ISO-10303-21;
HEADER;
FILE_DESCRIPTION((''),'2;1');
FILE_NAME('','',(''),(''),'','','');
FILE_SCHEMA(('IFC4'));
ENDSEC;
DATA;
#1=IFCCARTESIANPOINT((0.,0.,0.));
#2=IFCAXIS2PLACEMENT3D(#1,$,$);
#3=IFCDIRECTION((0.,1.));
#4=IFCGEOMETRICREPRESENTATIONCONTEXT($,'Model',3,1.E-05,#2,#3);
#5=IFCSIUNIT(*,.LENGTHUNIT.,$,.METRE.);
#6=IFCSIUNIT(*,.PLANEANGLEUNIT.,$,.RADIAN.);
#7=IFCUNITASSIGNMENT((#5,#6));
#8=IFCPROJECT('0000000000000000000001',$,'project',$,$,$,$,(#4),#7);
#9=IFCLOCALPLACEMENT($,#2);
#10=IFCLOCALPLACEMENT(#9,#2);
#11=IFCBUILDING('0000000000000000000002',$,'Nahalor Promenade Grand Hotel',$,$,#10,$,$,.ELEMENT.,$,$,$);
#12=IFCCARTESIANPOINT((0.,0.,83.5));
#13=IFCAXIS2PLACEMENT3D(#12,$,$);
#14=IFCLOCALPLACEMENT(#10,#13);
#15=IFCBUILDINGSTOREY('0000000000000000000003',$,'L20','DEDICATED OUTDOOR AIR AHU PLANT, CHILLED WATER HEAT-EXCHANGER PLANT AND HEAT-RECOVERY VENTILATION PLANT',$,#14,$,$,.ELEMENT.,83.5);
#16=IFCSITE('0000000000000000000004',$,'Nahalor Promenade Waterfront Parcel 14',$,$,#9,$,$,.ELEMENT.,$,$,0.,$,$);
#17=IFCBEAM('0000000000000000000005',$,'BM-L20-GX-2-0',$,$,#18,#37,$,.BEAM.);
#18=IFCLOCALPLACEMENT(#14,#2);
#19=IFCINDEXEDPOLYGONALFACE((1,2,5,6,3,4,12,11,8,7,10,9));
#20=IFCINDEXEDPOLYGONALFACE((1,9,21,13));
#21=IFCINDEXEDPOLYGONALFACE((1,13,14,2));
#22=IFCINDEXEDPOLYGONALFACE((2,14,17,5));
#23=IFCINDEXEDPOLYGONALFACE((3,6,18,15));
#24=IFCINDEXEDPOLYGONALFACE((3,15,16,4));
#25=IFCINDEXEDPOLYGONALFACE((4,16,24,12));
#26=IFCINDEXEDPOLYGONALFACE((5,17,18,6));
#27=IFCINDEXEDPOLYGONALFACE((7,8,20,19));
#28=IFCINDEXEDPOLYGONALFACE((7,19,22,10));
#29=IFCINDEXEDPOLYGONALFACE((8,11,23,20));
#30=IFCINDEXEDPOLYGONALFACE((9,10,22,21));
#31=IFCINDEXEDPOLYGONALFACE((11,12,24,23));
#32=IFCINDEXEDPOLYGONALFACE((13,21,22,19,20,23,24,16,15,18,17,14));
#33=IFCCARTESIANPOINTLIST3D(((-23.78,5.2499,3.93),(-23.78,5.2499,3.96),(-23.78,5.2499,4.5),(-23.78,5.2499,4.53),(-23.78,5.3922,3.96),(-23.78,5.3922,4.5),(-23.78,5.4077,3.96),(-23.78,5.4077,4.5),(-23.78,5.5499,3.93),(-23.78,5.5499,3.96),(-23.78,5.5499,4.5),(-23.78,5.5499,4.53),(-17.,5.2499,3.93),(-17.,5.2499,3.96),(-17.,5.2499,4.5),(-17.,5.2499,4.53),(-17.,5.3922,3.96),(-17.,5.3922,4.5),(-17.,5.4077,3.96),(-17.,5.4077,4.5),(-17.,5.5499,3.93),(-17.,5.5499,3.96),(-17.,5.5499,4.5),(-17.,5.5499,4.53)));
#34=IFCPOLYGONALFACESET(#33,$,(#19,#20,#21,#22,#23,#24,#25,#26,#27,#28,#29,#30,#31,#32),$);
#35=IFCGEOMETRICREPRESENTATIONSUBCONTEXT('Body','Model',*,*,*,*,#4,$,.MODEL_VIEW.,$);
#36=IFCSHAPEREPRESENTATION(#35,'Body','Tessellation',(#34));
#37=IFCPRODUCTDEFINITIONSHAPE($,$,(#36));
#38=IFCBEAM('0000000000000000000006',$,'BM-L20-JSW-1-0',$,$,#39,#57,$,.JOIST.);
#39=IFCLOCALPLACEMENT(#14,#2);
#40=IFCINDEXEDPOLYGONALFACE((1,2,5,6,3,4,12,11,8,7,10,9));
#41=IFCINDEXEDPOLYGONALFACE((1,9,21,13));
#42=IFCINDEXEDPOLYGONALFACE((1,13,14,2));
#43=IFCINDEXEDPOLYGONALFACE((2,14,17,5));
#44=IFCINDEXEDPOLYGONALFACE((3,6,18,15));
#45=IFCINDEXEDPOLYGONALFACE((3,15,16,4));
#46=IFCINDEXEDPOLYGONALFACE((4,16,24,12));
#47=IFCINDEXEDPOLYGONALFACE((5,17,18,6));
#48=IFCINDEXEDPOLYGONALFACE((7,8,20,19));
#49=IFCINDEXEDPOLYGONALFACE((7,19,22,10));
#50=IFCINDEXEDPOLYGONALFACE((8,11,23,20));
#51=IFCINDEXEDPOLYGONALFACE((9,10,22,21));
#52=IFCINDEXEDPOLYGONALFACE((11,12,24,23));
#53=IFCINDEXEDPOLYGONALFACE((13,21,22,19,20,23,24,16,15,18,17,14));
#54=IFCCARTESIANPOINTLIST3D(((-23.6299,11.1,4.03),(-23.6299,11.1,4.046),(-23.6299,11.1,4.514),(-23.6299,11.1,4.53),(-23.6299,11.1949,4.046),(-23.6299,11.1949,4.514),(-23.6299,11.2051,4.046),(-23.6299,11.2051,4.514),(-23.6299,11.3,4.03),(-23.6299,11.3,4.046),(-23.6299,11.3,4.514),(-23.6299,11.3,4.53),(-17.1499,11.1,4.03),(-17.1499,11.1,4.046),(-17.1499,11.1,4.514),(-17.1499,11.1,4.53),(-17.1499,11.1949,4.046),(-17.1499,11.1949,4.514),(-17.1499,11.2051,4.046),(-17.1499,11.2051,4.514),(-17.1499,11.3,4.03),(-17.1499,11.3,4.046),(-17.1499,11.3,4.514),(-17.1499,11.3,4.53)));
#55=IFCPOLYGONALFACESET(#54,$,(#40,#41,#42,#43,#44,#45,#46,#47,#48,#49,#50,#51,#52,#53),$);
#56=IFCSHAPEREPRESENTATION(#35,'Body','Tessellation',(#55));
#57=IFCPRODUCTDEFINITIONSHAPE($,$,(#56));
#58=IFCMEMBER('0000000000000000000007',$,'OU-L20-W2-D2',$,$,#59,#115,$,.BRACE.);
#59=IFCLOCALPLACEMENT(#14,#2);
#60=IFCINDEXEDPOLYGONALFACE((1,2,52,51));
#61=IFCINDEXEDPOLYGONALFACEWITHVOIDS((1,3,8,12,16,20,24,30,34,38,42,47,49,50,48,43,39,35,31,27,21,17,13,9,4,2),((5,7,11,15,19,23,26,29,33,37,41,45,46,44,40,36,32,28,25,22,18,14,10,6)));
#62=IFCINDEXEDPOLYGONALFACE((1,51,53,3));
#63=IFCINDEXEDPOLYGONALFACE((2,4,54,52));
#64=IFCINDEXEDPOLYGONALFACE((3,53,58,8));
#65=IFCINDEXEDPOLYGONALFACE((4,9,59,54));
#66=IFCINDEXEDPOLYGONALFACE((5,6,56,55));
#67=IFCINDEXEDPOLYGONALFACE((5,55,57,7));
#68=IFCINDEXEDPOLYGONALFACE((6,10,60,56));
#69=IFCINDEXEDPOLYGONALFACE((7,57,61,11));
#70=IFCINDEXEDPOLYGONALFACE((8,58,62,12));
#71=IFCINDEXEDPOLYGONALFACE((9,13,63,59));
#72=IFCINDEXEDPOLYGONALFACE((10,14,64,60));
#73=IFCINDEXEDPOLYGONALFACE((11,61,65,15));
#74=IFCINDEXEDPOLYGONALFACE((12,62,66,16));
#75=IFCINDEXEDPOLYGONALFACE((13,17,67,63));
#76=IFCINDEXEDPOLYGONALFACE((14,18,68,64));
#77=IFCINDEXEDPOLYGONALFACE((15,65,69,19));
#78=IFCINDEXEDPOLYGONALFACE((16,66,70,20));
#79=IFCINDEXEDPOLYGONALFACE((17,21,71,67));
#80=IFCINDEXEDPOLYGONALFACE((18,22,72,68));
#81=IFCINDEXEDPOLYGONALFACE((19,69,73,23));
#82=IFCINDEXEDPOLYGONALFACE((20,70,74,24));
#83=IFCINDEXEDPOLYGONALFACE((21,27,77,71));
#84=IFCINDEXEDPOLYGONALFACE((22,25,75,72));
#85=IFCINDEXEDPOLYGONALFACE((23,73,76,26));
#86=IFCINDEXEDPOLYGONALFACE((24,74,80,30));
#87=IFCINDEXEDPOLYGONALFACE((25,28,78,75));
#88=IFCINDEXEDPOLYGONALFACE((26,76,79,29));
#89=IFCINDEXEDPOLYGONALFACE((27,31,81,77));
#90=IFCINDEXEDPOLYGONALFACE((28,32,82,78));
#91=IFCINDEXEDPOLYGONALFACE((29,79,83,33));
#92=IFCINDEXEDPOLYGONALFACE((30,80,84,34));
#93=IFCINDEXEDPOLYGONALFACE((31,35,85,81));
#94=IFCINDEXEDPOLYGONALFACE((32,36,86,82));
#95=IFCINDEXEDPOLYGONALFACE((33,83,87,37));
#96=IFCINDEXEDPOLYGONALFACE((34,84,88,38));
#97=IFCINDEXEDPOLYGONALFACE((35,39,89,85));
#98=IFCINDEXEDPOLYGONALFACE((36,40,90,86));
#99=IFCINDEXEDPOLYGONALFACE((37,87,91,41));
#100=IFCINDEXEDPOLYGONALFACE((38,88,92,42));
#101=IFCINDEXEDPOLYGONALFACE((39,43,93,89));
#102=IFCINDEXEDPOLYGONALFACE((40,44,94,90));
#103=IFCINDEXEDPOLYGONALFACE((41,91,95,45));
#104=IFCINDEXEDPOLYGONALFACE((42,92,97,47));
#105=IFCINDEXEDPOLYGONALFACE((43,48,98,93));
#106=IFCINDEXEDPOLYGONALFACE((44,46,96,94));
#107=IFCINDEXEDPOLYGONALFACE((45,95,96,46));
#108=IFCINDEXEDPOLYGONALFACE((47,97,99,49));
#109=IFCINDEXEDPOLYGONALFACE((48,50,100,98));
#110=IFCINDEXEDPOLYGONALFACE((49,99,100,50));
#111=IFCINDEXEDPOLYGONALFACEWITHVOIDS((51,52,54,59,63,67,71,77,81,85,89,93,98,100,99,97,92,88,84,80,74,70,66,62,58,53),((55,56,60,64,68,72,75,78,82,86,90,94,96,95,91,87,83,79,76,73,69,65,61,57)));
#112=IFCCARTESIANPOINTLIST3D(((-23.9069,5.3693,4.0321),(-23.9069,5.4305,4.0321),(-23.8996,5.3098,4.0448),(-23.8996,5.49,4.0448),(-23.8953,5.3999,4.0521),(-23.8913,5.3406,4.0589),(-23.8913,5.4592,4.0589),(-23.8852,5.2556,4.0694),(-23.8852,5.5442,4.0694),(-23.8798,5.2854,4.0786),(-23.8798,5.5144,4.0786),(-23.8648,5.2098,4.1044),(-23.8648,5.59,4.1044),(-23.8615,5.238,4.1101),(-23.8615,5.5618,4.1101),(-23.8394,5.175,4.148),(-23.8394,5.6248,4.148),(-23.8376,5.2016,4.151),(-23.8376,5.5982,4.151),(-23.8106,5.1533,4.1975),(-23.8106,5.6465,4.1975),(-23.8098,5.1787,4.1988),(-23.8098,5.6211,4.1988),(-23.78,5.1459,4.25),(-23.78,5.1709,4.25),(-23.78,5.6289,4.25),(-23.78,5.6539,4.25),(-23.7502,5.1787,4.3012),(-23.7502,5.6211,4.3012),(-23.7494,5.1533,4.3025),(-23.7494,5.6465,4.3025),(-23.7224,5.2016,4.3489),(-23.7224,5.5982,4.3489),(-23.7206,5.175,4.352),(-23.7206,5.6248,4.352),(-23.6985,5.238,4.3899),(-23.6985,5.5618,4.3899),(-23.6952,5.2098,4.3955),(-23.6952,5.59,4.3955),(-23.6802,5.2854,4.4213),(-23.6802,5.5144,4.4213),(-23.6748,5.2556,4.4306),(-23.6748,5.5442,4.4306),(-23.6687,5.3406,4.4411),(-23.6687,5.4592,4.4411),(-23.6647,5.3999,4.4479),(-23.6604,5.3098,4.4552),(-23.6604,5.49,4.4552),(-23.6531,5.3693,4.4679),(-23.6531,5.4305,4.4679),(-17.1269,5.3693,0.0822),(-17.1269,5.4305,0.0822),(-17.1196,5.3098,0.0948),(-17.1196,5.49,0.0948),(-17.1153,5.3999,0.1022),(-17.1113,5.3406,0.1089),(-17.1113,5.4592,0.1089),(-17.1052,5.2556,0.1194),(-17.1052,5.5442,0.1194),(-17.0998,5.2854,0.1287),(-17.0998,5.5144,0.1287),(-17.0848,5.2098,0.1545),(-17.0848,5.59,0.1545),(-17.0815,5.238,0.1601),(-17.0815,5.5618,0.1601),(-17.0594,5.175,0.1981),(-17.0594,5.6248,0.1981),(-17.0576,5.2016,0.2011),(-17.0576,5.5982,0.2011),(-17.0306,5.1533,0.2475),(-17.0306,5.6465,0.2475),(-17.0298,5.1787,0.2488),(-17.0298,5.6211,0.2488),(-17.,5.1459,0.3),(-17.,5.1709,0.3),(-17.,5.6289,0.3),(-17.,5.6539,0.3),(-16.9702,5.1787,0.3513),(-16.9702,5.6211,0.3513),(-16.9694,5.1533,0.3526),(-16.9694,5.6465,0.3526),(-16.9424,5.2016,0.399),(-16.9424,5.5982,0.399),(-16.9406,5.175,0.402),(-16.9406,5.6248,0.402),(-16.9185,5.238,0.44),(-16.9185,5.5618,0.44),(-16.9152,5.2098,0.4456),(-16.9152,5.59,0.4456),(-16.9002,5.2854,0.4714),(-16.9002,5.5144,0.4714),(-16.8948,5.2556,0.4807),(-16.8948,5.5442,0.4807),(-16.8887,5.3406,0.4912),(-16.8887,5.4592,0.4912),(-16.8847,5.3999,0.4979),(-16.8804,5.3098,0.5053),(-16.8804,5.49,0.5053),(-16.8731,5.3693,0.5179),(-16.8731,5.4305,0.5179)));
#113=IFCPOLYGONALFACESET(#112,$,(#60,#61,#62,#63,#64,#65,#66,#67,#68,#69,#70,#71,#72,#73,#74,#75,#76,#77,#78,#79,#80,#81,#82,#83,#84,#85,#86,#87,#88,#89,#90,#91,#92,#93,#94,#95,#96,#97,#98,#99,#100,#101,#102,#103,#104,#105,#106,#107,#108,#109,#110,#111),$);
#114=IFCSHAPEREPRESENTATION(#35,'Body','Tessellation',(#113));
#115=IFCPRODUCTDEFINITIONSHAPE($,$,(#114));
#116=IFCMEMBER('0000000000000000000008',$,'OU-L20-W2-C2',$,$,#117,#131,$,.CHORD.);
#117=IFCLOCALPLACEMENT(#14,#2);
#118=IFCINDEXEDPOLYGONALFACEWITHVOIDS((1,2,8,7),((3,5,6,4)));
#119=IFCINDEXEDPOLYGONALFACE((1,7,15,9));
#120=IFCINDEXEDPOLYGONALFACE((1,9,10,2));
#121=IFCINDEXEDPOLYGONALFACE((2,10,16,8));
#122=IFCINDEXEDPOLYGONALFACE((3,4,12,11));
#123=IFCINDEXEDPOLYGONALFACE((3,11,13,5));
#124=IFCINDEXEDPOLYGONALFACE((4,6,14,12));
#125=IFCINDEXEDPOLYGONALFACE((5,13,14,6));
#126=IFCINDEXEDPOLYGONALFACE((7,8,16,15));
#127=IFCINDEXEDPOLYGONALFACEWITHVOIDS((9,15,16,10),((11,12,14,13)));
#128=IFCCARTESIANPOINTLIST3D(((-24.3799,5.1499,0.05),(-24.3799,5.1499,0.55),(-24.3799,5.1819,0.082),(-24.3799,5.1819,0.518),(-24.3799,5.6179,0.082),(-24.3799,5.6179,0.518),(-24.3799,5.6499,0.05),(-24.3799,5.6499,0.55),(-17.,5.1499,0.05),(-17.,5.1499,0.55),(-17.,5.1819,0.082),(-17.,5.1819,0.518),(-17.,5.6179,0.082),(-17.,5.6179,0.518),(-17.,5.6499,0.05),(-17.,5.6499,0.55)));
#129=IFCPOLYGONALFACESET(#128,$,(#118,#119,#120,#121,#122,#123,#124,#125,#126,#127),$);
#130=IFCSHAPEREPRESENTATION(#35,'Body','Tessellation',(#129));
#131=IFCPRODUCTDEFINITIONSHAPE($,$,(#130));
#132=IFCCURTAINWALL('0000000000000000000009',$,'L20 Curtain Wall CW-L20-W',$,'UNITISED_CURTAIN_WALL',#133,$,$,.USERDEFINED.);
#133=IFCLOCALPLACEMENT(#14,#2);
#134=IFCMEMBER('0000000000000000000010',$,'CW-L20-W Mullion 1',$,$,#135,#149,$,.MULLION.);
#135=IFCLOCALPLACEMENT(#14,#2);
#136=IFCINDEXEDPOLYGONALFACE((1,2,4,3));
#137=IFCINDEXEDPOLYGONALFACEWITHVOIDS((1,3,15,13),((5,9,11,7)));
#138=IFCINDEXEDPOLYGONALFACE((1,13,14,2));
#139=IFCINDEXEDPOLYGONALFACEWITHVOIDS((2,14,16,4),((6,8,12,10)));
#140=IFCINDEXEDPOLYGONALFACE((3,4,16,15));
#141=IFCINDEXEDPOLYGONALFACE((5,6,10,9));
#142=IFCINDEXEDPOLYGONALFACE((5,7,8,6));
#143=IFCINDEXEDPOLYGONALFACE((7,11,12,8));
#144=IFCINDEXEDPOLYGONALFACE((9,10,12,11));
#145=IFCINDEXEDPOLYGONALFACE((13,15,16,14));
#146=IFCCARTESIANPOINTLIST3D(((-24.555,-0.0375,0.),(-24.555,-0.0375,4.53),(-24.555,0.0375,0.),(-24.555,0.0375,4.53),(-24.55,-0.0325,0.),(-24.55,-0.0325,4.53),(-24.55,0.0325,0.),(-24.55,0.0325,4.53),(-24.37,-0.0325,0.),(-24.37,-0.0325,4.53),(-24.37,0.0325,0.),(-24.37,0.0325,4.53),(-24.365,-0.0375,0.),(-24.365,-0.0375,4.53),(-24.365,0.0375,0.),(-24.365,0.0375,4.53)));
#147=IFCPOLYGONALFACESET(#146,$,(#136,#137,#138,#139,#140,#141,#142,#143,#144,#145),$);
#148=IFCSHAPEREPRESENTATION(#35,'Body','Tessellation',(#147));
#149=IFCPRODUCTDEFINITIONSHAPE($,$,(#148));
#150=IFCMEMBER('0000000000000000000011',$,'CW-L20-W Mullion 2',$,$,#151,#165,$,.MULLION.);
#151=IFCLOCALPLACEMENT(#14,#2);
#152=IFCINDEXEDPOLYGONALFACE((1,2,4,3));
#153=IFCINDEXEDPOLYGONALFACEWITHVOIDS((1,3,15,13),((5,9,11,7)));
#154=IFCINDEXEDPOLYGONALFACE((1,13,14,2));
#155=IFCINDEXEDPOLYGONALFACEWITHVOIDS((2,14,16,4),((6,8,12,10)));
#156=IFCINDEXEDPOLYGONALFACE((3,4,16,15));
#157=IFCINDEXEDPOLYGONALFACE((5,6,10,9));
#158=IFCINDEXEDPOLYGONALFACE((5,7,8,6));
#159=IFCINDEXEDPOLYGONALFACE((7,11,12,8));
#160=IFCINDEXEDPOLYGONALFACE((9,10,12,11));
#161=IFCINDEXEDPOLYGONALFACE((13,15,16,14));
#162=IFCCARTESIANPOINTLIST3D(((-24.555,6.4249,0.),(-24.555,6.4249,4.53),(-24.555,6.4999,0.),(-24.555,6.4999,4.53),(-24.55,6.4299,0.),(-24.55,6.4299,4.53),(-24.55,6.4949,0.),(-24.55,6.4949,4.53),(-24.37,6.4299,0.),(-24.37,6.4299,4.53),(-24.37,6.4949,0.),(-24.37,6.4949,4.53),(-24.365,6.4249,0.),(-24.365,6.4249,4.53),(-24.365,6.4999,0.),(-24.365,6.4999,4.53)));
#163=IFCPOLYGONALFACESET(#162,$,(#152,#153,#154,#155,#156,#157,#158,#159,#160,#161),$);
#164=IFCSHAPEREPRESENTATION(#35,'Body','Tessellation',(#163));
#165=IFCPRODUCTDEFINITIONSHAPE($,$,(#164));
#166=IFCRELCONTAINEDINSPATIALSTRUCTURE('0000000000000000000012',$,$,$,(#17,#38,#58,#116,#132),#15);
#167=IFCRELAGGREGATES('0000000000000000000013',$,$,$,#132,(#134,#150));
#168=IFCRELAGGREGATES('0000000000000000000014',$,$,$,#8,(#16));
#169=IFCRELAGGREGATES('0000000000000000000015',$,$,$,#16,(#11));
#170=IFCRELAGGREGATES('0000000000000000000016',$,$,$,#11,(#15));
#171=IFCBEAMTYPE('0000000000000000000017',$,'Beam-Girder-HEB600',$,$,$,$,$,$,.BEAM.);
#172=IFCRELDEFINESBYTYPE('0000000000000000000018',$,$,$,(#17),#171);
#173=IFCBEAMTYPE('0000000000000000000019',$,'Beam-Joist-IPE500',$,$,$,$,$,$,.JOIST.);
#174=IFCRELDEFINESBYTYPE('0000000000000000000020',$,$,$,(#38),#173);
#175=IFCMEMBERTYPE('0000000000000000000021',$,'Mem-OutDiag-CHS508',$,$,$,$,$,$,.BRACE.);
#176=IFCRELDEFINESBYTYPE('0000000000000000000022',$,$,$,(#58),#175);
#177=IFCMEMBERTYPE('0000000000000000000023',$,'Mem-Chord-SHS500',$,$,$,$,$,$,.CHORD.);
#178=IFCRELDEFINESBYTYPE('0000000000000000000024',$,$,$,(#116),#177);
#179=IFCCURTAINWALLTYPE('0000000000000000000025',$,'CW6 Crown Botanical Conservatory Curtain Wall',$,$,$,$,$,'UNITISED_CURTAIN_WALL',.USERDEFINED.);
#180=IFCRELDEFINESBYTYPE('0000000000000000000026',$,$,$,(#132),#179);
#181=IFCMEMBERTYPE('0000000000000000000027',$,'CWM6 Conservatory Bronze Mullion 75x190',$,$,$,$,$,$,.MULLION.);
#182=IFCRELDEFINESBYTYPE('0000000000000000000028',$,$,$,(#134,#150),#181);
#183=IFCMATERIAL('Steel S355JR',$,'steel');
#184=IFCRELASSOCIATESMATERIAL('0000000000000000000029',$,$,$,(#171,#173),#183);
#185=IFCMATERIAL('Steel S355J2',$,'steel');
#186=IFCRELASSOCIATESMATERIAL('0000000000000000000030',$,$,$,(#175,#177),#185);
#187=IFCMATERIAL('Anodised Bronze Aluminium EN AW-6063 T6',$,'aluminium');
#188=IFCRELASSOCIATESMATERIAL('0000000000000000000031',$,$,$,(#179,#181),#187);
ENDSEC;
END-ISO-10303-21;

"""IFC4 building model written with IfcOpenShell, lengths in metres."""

from ifc_helpers import new_model, si_unit, direction, frame, origin, origin_2d, place, context, subcontext, project, spatial, hollow_rectangle, hollow_circle, i_section, extrude, source, transform, mapped, material, material_profile, profile_set, type_object, element, aggregate, save


model = new_model("IFC4")

# Units and contexts
model_context = context("Model", 3, precision=1e-05, world=origin(), true_north=direction((0.0, 1.0)))
body_context = subcontext(model_context, "Body", "Model", "MODEL_VIEW")
ifc_project = project(units=[si_unit("LENGTHUNIT", "METRE"), si_unit("PLANEANGLEUNIT", "RADIAN")], contexts=[model_context])

# Site, building, storey
site_placement = place(None, origin())
site = spatial("IfcSite", under=ifc_project, at=site_placement, Name="Nahalor Promenade Waterfront Parcel 14", CompositionType="ELEMENT", RefElevation=0.0)
building_placement = place(site_placement, origin())
building = spatial("IfcBuilding", under=site, at=building_placement, Name="Nahalor Promenade Grand Hotel", CompositionType="ELEMENT")
storey_placement = place(building_placement, frame((0.0, 0.0, 83.5)))
storey = spatial("IfcBuildingStorey", under=building, at=storey_placement, Name="L20", Description="DEDICATED OUTDOOR AIR AHU PLANT, CHILLED WATER HEAT-EXCHANGER PLANT AND HEAT-RECOVERY VENTILATION PLANT", CompositionType="ELEMENT", Elevation=83.5)

# Shared definitions
ifc_material_1 = material(Name="Steel S355J2", Category="steel")

# Beams
ifc_material_2 = material(Name="Steel S355JR", Category="steel")
ifc_material_profile_1 = material_profile(ifc_material_2, i_section(OverallWidth=0.3, OverallDepth=0.6, WebThickness=0.0155, FlangeThickness=0.03, at=origin_2d()), Name="HEB 600")
ifc_profile_set_1 = profile_set([ifc_material_profile_1], Name="Steel S355JR")
beam_type_1 = type_object("IfcBeamType", Name="Beam-Girder-HEB600", PredefinedType="BEAM", material=ifc_profile_set_1)
ifc_material_profile_2 = material_profile(ifc_material_2, i_section(OverallWidth=0.2, OverallDepth=0.5, WebThickness=0.0102, FlangeThickness=0.016, at=origin_2d()), Name="IPE 500")
ifc_profile_set_2 = profile_set([ifc_material_profile_2], Name="Steel S355JR")
beam_type_2 = type_object("IfcBeamType", Name="Beam-Joist-IPE500", PredefinedType="JOIST", material=ifc_profile_set_2)
shared_shape_1 = source(origin(), body_context, "Body", "SweptSolid", [
    extrude(i_section(OverallWidth=0.3, OverallDepth=0.6, WebThickness=0.0155, FlangeThickness=0.03, at=origin_2d()), origin(), (0.0, 0.0, 1.0), 6.78),
])
beam_1_placement = place(storey_placement, frame((-23.78, 5.3999, 4.23), z_axis=(1.0, 0.0, 0.0), x_axis=(0.0, 1.0, 0.0)))
element("IfcBeam", 1, at=beam_1_placement, inside=storey, type_object=beam_type_1, Name="BM-L20-GX-2-0", PredefinedType="BEAM", context=body_context, shape_type="MappedRepresentation", body=[
    mapped(shared_shape_1, transform((0.0, 0.0, 0.0), scale=1.0)),
])
shared_shape_2 = source(origin(), body_context, "Body", "SweptSolid", [
    extrude(i_section(OverallWidth=0.2, OverallDepth=0.5, WebThickness=0.0102, FlangeThickness=0.016, at=origin_2d()), origin(), (0.0, 0.0, 1.0), 6.48),
])
beam_2_placement = place(storey_placement, frame((-23.6299, 11.2, 4.28), z_axis=(1.0, 0.0, 0.0), x_axis=(0.0, 1.0, 0.0)))
element("IfcBeam", 2, at=beam_2_placement, inside=storey, type_object=beam_type_2, Name="BM-L20-JSW-1-0", PredefinedType="JOIST", context=body_context, shape_type="MappedRepresentation", body=[
    mapped(shared_shape_2, transform((0.0, 0.0, 0.0), scale=1.0)),
])

# Members
ifc_material_profile_3 = material_profile(ifc_material_1, hollow_circle(Radius=0.254, WallThickness=0.025, at=origin_2d()), Name="CHS 508x25")
ifc_profile_set_3 = profile_set([ifc_material_profile_3], Name="Steel S355J2")
member_type_1 = type_object("IfcMemberType", Name="Mem-OutDiag-CHS508", PredefinedType="BRACE", material=ifc_profile_set_3)
shared_shape_3 = source(origin(), body_context, "Body", "SweptSolid", [
    extrude(hollow_circle(Radius=0.254, WallThickness=0.025, at=origin_2d()), origin(), (0.0, 0.0, 1.0), 7.8467),
])
member_1_placement = place(storey_placement, frame((-17.0, 5.3999, 0.3), z_axis=(-0.86406, 0.0, 0.503389), x_axis=(0.0, -1.0, 0.0)))
element("IfcMember", 3, at=member_1_placement, inside=storey, type_object=member_type_1, Name="OU-L20-W2-D2", PredefinedType="BRACE", context=body_context, shape_type="MappedRepresentation", body=[
    mapped(shared_shape_3, transform((0.0, 0.0, 0.0), scale=1.0)),
])
ifc_material_profile_4 = material_profile(ifc_material_1, hollow_rectangle(XDim=0.5, YDim=0.5, WallThickness=0.032, at=origin_2d()), Name="SHS 500x500x32")
ifc_profile_set_4 = profile_set([ifc_material_profile_4], Name="Steel S355J2")
member_type_2 = type_object("IfcMemberType", Name="Mem-Chord-SHS500", PredefinedType="CHORD", material=ifc_profile_set_4)
shared_shape_4 = source(origin(), body_context, "Body", "SweptSolid", [
    extrude(hollow_rectangle(XDim=0.5, YDim=0.5, WallThickness=0.032, at=origin_2d()), origin(), (0.0, 0.0, 1.0), 7.3799),
])
member_2_placement = place(storey_placement, frame((-17.0, 5.3999, 0.3), z_axis=(-1.0, 0.0, 0.0), x_axis=(0.0, -1.0, 0.0)))
element("IfcMember", 4, at=member_2_placement, inside=storey, type_object=member_type_2, Name="OU-L20-W2-C2", PredefinedType="CHORD", context=body_context, shape_type="MappedRepresentation", body=[
    mapped(shared_shape_4, transform((0.0, 0.0, 0.0), scale=1.0)),
])

# Curtain wall, members
ifc_material_3 = material(Name="Anodised Bronze Aluminium EN AW-6063 T6", Category="aluminium")
curtain_wall_type = type_object("IfcCurtainWallType", Name="CW6 Crown Botanical Conservatory Curtain Wall", ElementType="UNITISED_CURTAIN_WALL", PredefinedType="USERDEFINED", material=ifc_material_3)
curtain_wall_placement = place(storey_placement, origin())
curtain_wall = element("IfcCurtainWall", 5, at=curtain_wall_placement, inside=storey, type_object=curtain_wall_type, Name="L20 Curtain Wall CW-L20-W", ObjectType="UNITISED_CURTAIN_WALL", PredefinedType="USERDEFINED")
ifc_material_profile_5 = material_profile(ifc_material_3, hollow_rectangle(XDim=0.075, YDim=0.19, WallThickness=0.005, at=origin_2d()), Name="CWM 75x190x5")
ifc_profile_set_5 = profile_set([ifc_material_profile_5], Name="Anodised Bronze Aluminium EN AW-6063 T6")
member_type_3 = type_object("IfcMemberType", Name="CWM6 Conservatory Bronze Mullion 75x190", PredefinedType="MULLION", material=ifc_profile_set_5)
shared_shape_5 = source(origin(), body_context, "Body", "SweptSolid", [
    extrude(hollow_rectangle(XDim=0.075, YDim=0.19, WallThickness=0.005, at=origin_2d()), origin(), (0.0, 0.0, 1.0), 4.53),
])
member_3_placement = place(storey_placement, frame((-24.46, 0.0, 0.0), z_axis=(0.0, 0.0, 1.0), x_axis=(0.0, 1.0, 0.0)))
member_3 = element("IfcMember", 6, at=member_3_placement, type_object=member_type_3, Name="CW-L20-W Mullion 1", PredefinedType="MULLION", context=body_context, shape_type="MappedRepresentation", body=[
    mapped(shared_shape_5, transform((0.0, 0.0, 0.0), scale=1.0)),
])
member_4_placement = place(storey_placement, frame((-24.46, 6.4624, 0.0), z_axis=(0.0, 0.0, 1.0), x_axis=(0.0, 1.0, 0.0)))
member_4 = element("IfcMember", 7, at=member_4_placement, type_object=member_type_3, Name="CW-L20-W Mullion 2", PredefinedType="MULLION", context=body_context, shape_type="MappedRepresentation", body=[
    mapped(shared_shape_5, transform((0.0, 0.0, 0.0), scale=1.0)),
])

aggregate(curtain_wall, [member_3, member_4])

save(model, "model.ifc")
